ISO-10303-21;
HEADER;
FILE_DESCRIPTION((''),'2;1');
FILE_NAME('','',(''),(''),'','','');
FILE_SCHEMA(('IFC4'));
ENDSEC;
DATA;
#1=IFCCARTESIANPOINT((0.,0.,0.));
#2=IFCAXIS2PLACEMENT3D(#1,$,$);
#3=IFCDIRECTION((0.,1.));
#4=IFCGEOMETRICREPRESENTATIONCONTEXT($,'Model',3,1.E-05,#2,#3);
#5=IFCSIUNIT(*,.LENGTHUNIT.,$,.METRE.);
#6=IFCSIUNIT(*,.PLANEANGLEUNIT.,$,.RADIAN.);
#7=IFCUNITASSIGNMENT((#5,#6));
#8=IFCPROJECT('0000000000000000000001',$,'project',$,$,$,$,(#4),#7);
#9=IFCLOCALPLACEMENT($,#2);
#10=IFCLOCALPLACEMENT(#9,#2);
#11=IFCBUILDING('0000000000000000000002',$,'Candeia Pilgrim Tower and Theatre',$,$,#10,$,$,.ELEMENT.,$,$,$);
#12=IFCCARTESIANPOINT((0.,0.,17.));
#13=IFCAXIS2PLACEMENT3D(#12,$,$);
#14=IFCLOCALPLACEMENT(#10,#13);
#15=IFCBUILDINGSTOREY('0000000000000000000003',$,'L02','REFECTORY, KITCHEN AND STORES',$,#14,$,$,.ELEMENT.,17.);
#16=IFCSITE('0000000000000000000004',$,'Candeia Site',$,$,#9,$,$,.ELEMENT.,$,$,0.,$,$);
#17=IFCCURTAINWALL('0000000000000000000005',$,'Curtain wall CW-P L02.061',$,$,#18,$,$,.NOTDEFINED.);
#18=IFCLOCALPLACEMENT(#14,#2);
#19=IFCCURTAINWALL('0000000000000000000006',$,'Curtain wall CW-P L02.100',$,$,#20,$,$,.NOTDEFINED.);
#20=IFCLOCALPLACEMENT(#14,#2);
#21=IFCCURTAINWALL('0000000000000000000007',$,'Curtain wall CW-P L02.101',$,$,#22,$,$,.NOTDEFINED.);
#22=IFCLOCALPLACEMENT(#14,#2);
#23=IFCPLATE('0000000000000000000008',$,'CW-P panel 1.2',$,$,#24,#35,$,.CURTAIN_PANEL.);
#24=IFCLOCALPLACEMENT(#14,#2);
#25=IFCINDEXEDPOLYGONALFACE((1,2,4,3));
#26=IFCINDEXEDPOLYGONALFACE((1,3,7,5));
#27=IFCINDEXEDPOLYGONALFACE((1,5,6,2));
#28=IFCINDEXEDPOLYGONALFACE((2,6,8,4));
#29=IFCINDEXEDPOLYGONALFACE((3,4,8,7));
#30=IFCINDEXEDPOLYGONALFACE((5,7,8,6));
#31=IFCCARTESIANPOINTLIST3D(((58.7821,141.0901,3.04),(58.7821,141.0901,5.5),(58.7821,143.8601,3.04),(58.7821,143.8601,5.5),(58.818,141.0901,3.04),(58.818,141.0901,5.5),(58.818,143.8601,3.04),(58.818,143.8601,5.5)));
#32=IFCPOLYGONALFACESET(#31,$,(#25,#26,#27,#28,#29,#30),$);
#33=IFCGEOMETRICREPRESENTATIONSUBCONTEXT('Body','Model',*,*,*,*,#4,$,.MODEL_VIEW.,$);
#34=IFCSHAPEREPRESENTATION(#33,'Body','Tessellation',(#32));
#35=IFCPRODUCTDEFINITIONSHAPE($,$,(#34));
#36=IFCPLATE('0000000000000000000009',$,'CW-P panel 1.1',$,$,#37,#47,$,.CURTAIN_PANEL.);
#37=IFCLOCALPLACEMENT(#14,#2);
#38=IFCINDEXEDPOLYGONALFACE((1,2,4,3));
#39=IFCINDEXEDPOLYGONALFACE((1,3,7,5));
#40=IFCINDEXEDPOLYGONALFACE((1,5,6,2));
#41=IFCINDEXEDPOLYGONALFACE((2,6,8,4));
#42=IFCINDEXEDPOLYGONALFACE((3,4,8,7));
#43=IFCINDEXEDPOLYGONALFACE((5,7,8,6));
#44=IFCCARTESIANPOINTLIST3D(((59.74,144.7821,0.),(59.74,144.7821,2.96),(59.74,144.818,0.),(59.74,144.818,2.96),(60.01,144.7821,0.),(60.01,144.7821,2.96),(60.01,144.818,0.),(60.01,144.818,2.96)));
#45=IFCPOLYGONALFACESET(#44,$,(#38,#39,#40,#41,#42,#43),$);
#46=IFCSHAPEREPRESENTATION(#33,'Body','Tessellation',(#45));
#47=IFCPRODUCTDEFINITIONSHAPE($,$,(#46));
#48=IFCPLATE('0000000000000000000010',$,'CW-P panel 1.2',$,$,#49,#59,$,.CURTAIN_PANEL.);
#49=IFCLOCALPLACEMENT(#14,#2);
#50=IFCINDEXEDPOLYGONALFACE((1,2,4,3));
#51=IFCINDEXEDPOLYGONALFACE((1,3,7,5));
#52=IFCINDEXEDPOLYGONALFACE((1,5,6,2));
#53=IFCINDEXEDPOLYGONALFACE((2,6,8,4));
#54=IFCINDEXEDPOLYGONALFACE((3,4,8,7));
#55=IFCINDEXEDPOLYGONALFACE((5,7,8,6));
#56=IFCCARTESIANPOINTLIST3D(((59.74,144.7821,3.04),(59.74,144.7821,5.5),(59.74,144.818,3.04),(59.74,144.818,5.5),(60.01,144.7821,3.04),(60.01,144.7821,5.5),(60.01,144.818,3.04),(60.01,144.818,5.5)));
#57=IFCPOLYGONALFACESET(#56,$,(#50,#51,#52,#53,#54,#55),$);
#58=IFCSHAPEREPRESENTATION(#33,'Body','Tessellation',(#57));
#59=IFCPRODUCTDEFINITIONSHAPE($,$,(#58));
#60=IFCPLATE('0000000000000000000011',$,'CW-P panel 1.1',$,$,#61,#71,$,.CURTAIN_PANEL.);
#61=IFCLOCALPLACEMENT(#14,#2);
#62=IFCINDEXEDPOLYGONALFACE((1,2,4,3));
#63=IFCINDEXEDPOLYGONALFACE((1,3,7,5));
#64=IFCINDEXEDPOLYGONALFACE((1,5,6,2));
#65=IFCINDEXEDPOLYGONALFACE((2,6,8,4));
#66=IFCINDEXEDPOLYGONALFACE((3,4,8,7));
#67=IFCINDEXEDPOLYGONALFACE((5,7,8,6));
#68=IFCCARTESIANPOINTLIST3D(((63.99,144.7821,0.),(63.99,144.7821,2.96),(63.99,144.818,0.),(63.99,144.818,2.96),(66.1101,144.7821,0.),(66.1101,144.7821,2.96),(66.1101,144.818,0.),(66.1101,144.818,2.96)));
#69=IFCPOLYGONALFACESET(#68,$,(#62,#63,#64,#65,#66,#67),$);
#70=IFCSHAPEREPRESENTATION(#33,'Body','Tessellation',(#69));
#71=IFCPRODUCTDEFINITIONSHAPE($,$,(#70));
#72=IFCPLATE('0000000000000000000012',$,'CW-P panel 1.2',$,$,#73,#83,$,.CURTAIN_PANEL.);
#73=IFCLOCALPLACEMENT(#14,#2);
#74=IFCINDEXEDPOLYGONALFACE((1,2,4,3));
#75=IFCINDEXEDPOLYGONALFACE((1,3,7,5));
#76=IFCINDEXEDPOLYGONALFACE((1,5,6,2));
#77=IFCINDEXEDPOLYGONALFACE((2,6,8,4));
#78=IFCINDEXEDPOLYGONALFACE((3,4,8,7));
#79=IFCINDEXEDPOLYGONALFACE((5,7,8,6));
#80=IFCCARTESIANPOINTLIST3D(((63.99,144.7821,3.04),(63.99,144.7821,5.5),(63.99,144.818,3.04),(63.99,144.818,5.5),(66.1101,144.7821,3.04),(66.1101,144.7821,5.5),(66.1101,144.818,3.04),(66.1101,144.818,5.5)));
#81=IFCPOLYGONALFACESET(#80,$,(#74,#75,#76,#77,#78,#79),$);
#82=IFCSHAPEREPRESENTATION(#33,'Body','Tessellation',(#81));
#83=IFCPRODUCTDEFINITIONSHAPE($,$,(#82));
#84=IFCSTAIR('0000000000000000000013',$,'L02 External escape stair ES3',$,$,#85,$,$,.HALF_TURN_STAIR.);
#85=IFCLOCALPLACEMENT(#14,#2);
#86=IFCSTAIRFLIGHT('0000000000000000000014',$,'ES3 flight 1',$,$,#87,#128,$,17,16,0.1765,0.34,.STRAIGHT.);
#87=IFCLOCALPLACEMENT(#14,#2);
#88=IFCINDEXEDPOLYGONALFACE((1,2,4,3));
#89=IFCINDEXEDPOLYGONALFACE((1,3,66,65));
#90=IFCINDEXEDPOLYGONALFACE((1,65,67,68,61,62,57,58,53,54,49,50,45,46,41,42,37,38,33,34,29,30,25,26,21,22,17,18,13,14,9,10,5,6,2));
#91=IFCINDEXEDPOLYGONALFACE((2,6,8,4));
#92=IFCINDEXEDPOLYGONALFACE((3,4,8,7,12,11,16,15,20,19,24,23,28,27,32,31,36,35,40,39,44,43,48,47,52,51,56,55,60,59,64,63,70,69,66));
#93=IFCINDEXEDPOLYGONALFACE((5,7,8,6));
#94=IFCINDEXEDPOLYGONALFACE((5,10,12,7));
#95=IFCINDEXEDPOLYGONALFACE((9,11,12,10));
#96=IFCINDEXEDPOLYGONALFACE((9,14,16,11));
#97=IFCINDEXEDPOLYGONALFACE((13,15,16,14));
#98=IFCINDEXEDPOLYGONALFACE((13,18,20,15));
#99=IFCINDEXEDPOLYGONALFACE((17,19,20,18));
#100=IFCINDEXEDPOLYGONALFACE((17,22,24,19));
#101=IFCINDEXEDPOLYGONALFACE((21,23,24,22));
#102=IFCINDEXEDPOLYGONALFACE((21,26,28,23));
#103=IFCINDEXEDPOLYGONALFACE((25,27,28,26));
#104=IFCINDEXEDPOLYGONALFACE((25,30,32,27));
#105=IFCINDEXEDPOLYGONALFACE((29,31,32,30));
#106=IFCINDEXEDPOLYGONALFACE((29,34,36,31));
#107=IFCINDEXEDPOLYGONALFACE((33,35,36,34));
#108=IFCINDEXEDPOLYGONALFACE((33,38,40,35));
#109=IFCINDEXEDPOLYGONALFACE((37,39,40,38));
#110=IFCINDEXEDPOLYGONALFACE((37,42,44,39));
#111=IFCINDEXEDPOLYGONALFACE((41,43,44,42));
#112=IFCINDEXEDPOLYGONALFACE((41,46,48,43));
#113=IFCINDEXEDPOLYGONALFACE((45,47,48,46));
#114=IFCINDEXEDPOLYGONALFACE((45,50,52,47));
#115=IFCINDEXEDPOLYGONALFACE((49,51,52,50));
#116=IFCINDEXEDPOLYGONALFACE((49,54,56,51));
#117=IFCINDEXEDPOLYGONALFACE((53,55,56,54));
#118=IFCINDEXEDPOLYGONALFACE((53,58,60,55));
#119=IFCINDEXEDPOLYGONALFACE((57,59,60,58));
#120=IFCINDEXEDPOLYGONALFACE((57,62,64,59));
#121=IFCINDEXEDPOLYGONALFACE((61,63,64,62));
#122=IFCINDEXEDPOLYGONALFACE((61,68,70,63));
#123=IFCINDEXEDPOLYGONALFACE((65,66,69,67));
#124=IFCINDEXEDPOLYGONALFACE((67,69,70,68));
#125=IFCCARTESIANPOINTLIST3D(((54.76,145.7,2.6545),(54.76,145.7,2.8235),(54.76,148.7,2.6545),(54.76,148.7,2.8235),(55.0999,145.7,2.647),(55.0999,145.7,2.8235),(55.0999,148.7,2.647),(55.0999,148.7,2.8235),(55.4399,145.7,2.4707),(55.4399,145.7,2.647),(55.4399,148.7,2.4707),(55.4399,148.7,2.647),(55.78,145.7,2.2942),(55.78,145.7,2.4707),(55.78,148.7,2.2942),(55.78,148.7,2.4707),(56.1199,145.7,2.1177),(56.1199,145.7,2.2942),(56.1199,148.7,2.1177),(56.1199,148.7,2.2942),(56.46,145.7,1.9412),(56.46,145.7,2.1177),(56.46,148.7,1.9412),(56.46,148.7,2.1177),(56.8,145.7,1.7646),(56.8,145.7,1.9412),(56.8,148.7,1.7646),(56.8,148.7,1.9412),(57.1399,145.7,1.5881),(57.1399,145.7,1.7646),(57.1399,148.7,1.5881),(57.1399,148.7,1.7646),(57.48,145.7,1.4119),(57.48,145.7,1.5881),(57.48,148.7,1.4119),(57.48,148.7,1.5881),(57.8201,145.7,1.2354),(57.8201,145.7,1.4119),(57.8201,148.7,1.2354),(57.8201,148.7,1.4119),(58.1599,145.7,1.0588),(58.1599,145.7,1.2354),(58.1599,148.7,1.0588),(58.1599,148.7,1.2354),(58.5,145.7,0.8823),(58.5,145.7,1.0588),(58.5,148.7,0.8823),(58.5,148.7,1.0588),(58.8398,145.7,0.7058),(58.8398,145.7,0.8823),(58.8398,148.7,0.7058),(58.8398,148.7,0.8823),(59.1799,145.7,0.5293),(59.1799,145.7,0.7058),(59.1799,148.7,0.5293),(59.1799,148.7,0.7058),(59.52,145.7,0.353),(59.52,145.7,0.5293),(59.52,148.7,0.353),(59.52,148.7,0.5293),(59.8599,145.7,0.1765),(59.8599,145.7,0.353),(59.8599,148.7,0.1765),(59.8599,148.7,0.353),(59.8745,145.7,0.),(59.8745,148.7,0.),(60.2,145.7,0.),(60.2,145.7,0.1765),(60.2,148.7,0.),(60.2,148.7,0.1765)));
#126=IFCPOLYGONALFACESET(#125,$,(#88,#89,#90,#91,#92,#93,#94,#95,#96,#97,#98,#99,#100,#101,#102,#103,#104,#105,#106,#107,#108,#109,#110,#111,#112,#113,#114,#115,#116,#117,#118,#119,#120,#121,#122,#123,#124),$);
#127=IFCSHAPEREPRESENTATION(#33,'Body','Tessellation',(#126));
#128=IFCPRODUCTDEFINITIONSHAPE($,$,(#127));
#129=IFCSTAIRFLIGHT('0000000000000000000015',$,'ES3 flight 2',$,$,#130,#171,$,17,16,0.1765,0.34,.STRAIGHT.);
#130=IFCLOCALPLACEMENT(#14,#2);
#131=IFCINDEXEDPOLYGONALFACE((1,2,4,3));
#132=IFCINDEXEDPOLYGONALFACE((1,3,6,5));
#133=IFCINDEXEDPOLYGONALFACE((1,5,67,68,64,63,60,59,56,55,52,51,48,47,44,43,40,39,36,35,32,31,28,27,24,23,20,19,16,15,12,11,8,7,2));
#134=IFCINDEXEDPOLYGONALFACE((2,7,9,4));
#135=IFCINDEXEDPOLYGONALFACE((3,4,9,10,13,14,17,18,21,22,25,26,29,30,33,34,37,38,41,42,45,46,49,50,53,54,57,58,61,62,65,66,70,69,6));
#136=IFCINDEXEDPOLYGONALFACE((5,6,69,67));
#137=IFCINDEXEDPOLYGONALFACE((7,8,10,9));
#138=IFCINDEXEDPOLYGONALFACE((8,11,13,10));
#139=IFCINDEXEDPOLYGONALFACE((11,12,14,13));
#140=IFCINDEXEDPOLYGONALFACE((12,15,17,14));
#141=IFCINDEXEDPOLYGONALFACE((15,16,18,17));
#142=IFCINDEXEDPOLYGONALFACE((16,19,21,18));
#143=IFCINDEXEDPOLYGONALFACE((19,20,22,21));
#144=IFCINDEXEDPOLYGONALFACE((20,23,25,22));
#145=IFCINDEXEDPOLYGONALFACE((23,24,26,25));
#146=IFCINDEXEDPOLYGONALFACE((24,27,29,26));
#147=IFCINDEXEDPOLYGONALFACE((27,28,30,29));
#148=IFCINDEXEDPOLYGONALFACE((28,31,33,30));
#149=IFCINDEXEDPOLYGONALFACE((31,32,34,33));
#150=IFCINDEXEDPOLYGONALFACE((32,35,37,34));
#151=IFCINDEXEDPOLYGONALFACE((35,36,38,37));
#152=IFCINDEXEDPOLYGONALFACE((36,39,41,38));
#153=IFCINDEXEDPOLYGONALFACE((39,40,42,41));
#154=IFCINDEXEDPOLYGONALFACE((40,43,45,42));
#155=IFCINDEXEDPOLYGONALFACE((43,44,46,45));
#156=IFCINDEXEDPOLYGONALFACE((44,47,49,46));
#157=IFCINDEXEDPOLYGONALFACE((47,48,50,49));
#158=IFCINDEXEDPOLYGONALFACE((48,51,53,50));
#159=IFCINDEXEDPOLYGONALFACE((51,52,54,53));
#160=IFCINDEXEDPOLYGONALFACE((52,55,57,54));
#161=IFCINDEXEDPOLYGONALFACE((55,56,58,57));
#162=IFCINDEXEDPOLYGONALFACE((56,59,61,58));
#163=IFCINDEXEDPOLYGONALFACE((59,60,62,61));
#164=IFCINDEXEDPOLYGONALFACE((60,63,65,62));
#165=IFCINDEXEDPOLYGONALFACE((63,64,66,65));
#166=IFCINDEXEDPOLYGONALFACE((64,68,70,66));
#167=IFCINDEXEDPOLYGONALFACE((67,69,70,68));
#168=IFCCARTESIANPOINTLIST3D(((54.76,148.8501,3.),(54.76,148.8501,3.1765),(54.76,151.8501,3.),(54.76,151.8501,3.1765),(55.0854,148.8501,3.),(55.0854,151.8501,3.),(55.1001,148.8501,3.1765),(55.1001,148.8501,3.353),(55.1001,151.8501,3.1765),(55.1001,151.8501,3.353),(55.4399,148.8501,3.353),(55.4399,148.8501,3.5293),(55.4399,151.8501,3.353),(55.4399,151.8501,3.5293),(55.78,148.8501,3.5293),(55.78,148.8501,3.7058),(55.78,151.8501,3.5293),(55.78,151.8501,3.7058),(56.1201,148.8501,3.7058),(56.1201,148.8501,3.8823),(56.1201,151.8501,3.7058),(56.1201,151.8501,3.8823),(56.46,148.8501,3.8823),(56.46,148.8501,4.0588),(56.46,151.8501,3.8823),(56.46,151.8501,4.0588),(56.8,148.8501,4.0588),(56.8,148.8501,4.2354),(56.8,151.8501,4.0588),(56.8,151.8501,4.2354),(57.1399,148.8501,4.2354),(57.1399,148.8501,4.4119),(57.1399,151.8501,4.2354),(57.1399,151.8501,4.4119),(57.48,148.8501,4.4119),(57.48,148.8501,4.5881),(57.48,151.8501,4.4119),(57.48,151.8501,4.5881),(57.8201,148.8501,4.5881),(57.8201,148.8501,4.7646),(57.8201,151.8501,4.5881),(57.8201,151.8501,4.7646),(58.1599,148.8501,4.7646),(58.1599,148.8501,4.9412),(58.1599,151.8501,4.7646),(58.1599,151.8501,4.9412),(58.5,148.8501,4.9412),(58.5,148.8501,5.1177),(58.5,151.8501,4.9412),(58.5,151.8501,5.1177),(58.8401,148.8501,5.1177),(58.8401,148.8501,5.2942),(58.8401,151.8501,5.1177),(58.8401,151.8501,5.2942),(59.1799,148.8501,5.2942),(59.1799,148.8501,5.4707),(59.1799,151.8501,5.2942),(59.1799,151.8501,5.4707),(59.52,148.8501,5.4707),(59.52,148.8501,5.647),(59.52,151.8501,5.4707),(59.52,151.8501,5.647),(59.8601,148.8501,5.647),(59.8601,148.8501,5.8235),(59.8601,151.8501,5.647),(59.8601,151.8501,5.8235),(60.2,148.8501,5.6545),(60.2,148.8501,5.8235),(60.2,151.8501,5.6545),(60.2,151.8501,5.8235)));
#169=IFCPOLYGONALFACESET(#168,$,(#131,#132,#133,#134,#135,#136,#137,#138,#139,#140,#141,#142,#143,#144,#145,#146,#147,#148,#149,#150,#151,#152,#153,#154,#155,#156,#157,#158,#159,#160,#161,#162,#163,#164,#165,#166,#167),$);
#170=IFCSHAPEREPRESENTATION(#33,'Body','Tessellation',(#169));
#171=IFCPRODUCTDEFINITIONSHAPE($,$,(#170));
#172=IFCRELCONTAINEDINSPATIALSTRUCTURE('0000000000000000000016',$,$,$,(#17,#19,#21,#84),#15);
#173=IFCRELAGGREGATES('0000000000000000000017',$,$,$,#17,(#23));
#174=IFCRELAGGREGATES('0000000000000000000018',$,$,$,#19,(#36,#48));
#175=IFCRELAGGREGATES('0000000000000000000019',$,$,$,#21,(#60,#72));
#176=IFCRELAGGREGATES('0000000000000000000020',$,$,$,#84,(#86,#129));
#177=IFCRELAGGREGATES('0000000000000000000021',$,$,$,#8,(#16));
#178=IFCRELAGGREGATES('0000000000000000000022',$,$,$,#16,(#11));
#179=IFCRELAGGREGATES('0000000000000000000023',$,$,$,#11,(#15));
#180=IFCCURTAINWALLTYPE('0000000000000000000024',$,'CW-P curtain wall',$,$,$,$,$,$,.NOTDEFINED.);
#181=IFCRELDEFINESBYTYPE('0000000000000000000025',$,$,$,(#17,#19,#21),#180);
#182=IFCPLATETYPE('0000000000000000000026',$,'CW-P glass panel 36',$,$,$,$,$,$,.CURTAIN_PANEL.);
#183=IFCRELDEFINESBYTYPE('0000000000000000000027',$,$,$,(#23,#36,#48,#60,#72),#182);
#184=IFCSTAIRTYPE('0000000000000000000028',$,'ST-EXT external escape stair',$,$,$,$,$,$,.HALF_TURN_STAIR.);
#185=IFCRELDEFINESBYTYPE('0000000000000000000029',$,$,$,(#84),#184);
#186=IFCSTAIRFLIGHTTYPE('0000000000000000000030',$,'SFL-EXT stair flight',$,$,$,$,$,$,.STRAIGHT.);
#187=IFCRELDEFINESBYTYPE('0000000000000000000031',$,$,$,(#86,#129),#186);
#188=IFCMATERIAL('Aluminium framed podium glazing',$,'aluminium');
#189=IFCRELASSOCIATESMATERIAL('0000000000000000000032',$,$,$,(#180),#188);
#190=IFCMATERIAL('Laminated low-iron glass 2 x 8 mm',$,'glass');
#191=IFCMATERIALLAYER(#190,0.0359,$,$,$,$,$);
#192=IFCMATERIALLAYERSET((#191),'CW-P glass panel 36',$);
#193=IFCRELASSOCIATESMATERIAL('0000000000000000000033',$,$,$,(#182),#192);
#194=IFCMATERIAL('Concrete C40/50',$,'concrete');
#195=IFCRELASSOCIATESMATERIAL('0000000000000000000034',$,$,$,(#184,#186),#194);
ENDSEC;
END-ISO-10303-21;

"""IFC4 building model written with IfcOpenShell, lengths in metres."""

from ifc_helpers import new_model, si_unit, direction, frame, origin, origin_2d, place, context, subcontext, project, spatial, polyline, rectangle, outline, extrude, material, layer, layer_set, type_object, element, aggregate, save


model = new_model("IFC4")

# Units and contexts
model_context = context("Model", 3, precision=1e-05, world=origin(), true_north=direction((0.0, 1.0)))
body_context = subcontext(model_context, "Body", "Model", "MODEL_VIEW")
ifc_project = project(units=[si_unit("LENGTHUNIT", "METRE"), si_unit("PLANEANGLEUNIT", "RADIAN")], contexts=[model_context])

# Site, building, storey
site_placement = place(None, origin())
site = spatial("IfcSite", under=ifc_project, at=site_placement, Name="Candeia Site", CompositionType="ELEMENT", RefElevation=0.0)
building_placement = place(site_placement, origin())
building = spatial("IfcBuilding", under=site, at=building_placement, Name="Candeia Pilgrim Tower and Theatre", CompositionType="ELEMENT")
storey_placement = place(building_placement, frame((0.0, 0.0, 17.0)))
storey = spatial("IfcBuildingStorey", under=building, at=storey_placement, Name="L02", Description="REFECTORY, KITCHEN AND STORES", CompositionType="ELEMENT", Elevation=17.0)

# Shared definitions
ifc_material_1 = material(Name="Concrete C40/50", Category="concrete")

# Curtain wall
ifc_material_2 = material(Name="Aluminium framed podium glazing", Category="aluminium")
curtain_wall_type = type_object("IfcCurtainWallType", Name="CW-P curtain wall", PredefinedType="NOTDEFINED", material=ifc_material_2)
curtain_wall_1_placement = place(storey_placement, origin())
curtain_wall_1 = element("IfcCurtainWall", 1, at=curtain_wall_1_placement, inside=storey, type_object=curtain_wall_type, Name="Curtain wall CW-P L02.061", PredefinedType="NOTDEFINED")

# Curtain wall
curtain_wall_2_placement = place(storey_placement, origin())
curtain_wall_2 = element("IfcCurtainWall", 2, at=curtain_wall_2_placement, inside=storey, type_object=curtain_wall_type, Name="Curtain wall CW-P L02.100", PredefinedType="NOTDEFINED")

# Curtain wall
curtain_wall_3_placement = place(storey_placement, origin())
curtain_wall_3 = element("IfcCurtainWall", 3, at=curtain_wall_3_placement, inside=storey, type_object=curtain_wall_type, Name="Curtain wall CW-P L02.101", PredefinedType="NOTDEFINED")

# Plates
ifc_material_3 = material(Name="Laminated low-iron glass 2 x 8 mm", Category="glass")
ifc_layer_1 = layer(ifc_material_3, 0.0359)
ifc_layer_set_1 = layer_set([ifc_layer_1], Name="CW-P glass panel 36")
plate_type = type_object("IfcPlateType", Name="CW-P glass panel 36", PredefinedType="CURTAIN_PANEL", material=ifc_layer_set_1)
plate_1_placement = place(storey_placement, frame((58.8, 142.4751, 3.04), z_axis=(0.0, 0.0, 1.0), x_axis=(0.0, 1.0, 0.0)))
plate_1 = element("IfcPlate", 4, at=plate_1_placement, type_object=plate_type, Name="CW-P panel 1.2", PredefinedType="CURTAIN_PANEL", context=body_context, shape_type="SweptSolid", body=[
    extrude(rectangle(XDim=2.77, YDim=0.0359, at=origin_2d()), origin(), (0.0, 0.0, 1.0), 2.46),
])
aggregate(curtain_wall_1, [plate_1])
plate_2_placement = place(storey_placement, frame((59.875, 144.8, 0.0), z_axis=(0.0, 0.0, 1.0), x_axis=(1.0, 0.0, 0.0)))
plate_2 = element("IfcPlate", 5, at=plate_2_placement, type_object=plate_type, Name="CW-P panel 1.1", PredefinedType="CURTAIN_PANEL", context=body_context, shape_type="SweptSolid", body=[
    extrude(rectangle(XDim=0.27, YDim=0.0359, at=origin_2d()), origin(), (0.0, 0.0, 1.0), 2.96),
])
plate_3_placement = place(storey_placement, frame((59.875, 144.8, 3.04), z_axis=(0.0, 0.0, 1.0), x_axis=(1.0, 0.0, 0.0)))
plate_3 = element("IfcPlate", 6, at=plate_3_placement, type_object=plate_type, Name="CW-P panel 1.2", PredefinedType="CURTAIN_PANEL", context=body_context, shape_type="SweptSolid", body=[
    extrude(rectangle(XDim=0.27, YDim=0.0359, at=origin_2d()), origin(), (0.0, 0.0, 1.0), 2.46),
])
aggregate(curtain_wall_2, [plate_2, plate_3])
plate_4_placement = place(storey_placement, frame((65.05, 144.8, 0.0), z_axis=(0.0, 0.0, 1.0), x_axis=(1.0, 0.0, 0.0)))
plate_4 = element("IfcPlate", 7, at=plate_4_placement, type_object=plate_type, Name="CW-P panel 1.1", PredefinedType="CURTAIN_PANEL", context=body_context, shape_type="SweptSolid", body=[
    extrude(rectangle(XDim=2.1201, YDim=0.0359, at=origin_2d()), origin(), (0.0, 0.0, 1.0), 2.96),
])
plate_5_placement = place(storey_placement, frame((65.05, 144.8, 3.04), z_axis=(0.0, 0.0, 1.0), x_axis=(1.0, 0.0, 0.0)))
plate_5 = element("IfcPlate", 8, at=plate_5_placement, type_object=plate_type, Name="CW-P panel 1.2", PredefinedType="CURTAIN_PANEL", context=body_context, shape_type="SweptSolid", body=[
    extrude(rectangle(XDim=2.1201, YDim=0.0359, at=origin_2d()), origin(), (0.0, 0.0, 1.0), 2.46),
])
aggregate(curtain_wall_3, [plate_4, plate_5])

# Stair, stair flights
stair_type = type_object("IfcStairType", Name="ST-EXT external escape stair", PredefinedType="HALF_TURN_STAIR", material=ifc_material_1)
stair_placement = place(storey_placement, origin())
stair = element("IfcStair", 9, at=stair_placement, inside=storey, type_object=stair_type, Name="L02 External escape stair ES3", PredefinedType="HALF_TURN_STAIR")
stair_flight_type = type_object("IfcStairFlightType", Name="SFL-EXT stair flight", PredefinedType="STRAIGHT", material=ifc_material_1)
stair_flight_1_placement = place(storey_placement, frame((60.2, 147.2, 0.0), z_axis=(0.0, 0.0, 1.0), x_axis=(-1.0, 0.0, 0.0)))
stair_flight_1 = element("IfcStairFlight", 10, at=stair_flight_1_placement, type_object=stair_flight_type, Name="ES3 flight 1", NumberOfRisers=17, NumberOfTreads=16, PredefinedType="STRAIGHT", RiserHeight=0.1765, TreadLength=0.34, context=body_context, shape_type="SweptSolid", body=[
    extrude(outline(polyline([(0.0, 0.0), (0.0, 0.1765), (0.3401, 0.1765), (0.3401, 0.353), (0.6799, 0.353), (0.6799, 0.5293), (1.02, 0.5293), (1.02, 0.7058), (1.3601, 0.7058), (1.3601, 0.8823), (1.7, 0.8823), (1.7, 1.0588), (2.04, 1.0588), (2.04, 1.2354), (2.3799, 1.2354), (2.3799, 1.4119), (2.72, 1.4119), (2.72, 1.5881), (3.0601, 1.5881), (3.0601, 1.7646), (3.3999, 1.7646), (3.3999, 1.9412), (3.74, 1.9412), (3.74, 2.1177), (4.0801, 2.1177), (4.0801, 2.2942), (4.4199, 2.2942), (4.4199, 2.4707), (4.76, 2.4707), (4.76, 2.647), (5.1001, 2.647), (5.1001, 2.8235), (5.4399, 2.8235), (5.4399, 3.0), (5.4399, 2.6545), (0.3254, 0.0), (0.0, 0.0)])), frame((0.0, 1.5, 0.0), z_axis=(0.0, -1.0, 0.0), x_axis=(1.0, 0.0, 0.0)), (0.0, 0.0, 1.0), 3.0),
])
stair_flight_2_placement = place(storey_placement, frame((54.76, 150.3501, 3.0), z_axis=(0.0, 0.0, 1.0), x_axis=(1.0, 0.0, 0.0)))
stair_flight_2 = element("IfcStairFlight", 11, at=stair_flight_2_placement, type_object=stair_flight_type, Name="ES3 flight 2", NumberOfRisers=17, NumberOfTreads=16, PredefinedType="STRAIGHT", RiserHeight=0.1765, TreadLength=0.34, context=body_context, shape_type="SweptSolid", body=[
    extrude(outline(polyline([(0.0, 0.0), (0.0, 0.1765), (0.3401, 0.1765), (0.3401, 0.353), (0.6799, 0.353), (0.6799, 0.5293), (1.02, 0.5293), (1.02, 0.7058), (1.3601, 0.7058), (1.3601, 0.8823), (1.7, 0.8823), (1.7, 1.0588), (2.04, 1.0588), (2.04, 1.2354), (2.3799, 1.2354), (2.3799, 1.4119), (2.72, 1.4119), (2.72, 1.5881), (3.0601, 1.5881), (3.0601, 1.7646), (3.3999, 1.7646), (3.3999, 1.9412), (3.74, 1.9412), (3.74, 2.1177), (4.0801, 2.1177), (4.0801, 2.2942), (4.4199, 2.2942), (4.4199, 2.4707), (4.76, 2.4707), (4.76, 2.647), (5.1001, 2.647), (5.1001, 2.8235), (5.4399, 2.8235), (5.4399, 3.0), (5.4399, 2.6545), (0.3254, 0.0), (0.0, 0.0)])), frame((0.0, 1.5, 0.0), z_axis=(0.0, -1.0, 0.0), x_axis=(1.0, 0.0, 0.0)), (0.0, 0.0, 1.0), 3.0),
])
aggregate(stair, [stair_flight_1, stair_flight_2])

save(model, "model.ifc")
